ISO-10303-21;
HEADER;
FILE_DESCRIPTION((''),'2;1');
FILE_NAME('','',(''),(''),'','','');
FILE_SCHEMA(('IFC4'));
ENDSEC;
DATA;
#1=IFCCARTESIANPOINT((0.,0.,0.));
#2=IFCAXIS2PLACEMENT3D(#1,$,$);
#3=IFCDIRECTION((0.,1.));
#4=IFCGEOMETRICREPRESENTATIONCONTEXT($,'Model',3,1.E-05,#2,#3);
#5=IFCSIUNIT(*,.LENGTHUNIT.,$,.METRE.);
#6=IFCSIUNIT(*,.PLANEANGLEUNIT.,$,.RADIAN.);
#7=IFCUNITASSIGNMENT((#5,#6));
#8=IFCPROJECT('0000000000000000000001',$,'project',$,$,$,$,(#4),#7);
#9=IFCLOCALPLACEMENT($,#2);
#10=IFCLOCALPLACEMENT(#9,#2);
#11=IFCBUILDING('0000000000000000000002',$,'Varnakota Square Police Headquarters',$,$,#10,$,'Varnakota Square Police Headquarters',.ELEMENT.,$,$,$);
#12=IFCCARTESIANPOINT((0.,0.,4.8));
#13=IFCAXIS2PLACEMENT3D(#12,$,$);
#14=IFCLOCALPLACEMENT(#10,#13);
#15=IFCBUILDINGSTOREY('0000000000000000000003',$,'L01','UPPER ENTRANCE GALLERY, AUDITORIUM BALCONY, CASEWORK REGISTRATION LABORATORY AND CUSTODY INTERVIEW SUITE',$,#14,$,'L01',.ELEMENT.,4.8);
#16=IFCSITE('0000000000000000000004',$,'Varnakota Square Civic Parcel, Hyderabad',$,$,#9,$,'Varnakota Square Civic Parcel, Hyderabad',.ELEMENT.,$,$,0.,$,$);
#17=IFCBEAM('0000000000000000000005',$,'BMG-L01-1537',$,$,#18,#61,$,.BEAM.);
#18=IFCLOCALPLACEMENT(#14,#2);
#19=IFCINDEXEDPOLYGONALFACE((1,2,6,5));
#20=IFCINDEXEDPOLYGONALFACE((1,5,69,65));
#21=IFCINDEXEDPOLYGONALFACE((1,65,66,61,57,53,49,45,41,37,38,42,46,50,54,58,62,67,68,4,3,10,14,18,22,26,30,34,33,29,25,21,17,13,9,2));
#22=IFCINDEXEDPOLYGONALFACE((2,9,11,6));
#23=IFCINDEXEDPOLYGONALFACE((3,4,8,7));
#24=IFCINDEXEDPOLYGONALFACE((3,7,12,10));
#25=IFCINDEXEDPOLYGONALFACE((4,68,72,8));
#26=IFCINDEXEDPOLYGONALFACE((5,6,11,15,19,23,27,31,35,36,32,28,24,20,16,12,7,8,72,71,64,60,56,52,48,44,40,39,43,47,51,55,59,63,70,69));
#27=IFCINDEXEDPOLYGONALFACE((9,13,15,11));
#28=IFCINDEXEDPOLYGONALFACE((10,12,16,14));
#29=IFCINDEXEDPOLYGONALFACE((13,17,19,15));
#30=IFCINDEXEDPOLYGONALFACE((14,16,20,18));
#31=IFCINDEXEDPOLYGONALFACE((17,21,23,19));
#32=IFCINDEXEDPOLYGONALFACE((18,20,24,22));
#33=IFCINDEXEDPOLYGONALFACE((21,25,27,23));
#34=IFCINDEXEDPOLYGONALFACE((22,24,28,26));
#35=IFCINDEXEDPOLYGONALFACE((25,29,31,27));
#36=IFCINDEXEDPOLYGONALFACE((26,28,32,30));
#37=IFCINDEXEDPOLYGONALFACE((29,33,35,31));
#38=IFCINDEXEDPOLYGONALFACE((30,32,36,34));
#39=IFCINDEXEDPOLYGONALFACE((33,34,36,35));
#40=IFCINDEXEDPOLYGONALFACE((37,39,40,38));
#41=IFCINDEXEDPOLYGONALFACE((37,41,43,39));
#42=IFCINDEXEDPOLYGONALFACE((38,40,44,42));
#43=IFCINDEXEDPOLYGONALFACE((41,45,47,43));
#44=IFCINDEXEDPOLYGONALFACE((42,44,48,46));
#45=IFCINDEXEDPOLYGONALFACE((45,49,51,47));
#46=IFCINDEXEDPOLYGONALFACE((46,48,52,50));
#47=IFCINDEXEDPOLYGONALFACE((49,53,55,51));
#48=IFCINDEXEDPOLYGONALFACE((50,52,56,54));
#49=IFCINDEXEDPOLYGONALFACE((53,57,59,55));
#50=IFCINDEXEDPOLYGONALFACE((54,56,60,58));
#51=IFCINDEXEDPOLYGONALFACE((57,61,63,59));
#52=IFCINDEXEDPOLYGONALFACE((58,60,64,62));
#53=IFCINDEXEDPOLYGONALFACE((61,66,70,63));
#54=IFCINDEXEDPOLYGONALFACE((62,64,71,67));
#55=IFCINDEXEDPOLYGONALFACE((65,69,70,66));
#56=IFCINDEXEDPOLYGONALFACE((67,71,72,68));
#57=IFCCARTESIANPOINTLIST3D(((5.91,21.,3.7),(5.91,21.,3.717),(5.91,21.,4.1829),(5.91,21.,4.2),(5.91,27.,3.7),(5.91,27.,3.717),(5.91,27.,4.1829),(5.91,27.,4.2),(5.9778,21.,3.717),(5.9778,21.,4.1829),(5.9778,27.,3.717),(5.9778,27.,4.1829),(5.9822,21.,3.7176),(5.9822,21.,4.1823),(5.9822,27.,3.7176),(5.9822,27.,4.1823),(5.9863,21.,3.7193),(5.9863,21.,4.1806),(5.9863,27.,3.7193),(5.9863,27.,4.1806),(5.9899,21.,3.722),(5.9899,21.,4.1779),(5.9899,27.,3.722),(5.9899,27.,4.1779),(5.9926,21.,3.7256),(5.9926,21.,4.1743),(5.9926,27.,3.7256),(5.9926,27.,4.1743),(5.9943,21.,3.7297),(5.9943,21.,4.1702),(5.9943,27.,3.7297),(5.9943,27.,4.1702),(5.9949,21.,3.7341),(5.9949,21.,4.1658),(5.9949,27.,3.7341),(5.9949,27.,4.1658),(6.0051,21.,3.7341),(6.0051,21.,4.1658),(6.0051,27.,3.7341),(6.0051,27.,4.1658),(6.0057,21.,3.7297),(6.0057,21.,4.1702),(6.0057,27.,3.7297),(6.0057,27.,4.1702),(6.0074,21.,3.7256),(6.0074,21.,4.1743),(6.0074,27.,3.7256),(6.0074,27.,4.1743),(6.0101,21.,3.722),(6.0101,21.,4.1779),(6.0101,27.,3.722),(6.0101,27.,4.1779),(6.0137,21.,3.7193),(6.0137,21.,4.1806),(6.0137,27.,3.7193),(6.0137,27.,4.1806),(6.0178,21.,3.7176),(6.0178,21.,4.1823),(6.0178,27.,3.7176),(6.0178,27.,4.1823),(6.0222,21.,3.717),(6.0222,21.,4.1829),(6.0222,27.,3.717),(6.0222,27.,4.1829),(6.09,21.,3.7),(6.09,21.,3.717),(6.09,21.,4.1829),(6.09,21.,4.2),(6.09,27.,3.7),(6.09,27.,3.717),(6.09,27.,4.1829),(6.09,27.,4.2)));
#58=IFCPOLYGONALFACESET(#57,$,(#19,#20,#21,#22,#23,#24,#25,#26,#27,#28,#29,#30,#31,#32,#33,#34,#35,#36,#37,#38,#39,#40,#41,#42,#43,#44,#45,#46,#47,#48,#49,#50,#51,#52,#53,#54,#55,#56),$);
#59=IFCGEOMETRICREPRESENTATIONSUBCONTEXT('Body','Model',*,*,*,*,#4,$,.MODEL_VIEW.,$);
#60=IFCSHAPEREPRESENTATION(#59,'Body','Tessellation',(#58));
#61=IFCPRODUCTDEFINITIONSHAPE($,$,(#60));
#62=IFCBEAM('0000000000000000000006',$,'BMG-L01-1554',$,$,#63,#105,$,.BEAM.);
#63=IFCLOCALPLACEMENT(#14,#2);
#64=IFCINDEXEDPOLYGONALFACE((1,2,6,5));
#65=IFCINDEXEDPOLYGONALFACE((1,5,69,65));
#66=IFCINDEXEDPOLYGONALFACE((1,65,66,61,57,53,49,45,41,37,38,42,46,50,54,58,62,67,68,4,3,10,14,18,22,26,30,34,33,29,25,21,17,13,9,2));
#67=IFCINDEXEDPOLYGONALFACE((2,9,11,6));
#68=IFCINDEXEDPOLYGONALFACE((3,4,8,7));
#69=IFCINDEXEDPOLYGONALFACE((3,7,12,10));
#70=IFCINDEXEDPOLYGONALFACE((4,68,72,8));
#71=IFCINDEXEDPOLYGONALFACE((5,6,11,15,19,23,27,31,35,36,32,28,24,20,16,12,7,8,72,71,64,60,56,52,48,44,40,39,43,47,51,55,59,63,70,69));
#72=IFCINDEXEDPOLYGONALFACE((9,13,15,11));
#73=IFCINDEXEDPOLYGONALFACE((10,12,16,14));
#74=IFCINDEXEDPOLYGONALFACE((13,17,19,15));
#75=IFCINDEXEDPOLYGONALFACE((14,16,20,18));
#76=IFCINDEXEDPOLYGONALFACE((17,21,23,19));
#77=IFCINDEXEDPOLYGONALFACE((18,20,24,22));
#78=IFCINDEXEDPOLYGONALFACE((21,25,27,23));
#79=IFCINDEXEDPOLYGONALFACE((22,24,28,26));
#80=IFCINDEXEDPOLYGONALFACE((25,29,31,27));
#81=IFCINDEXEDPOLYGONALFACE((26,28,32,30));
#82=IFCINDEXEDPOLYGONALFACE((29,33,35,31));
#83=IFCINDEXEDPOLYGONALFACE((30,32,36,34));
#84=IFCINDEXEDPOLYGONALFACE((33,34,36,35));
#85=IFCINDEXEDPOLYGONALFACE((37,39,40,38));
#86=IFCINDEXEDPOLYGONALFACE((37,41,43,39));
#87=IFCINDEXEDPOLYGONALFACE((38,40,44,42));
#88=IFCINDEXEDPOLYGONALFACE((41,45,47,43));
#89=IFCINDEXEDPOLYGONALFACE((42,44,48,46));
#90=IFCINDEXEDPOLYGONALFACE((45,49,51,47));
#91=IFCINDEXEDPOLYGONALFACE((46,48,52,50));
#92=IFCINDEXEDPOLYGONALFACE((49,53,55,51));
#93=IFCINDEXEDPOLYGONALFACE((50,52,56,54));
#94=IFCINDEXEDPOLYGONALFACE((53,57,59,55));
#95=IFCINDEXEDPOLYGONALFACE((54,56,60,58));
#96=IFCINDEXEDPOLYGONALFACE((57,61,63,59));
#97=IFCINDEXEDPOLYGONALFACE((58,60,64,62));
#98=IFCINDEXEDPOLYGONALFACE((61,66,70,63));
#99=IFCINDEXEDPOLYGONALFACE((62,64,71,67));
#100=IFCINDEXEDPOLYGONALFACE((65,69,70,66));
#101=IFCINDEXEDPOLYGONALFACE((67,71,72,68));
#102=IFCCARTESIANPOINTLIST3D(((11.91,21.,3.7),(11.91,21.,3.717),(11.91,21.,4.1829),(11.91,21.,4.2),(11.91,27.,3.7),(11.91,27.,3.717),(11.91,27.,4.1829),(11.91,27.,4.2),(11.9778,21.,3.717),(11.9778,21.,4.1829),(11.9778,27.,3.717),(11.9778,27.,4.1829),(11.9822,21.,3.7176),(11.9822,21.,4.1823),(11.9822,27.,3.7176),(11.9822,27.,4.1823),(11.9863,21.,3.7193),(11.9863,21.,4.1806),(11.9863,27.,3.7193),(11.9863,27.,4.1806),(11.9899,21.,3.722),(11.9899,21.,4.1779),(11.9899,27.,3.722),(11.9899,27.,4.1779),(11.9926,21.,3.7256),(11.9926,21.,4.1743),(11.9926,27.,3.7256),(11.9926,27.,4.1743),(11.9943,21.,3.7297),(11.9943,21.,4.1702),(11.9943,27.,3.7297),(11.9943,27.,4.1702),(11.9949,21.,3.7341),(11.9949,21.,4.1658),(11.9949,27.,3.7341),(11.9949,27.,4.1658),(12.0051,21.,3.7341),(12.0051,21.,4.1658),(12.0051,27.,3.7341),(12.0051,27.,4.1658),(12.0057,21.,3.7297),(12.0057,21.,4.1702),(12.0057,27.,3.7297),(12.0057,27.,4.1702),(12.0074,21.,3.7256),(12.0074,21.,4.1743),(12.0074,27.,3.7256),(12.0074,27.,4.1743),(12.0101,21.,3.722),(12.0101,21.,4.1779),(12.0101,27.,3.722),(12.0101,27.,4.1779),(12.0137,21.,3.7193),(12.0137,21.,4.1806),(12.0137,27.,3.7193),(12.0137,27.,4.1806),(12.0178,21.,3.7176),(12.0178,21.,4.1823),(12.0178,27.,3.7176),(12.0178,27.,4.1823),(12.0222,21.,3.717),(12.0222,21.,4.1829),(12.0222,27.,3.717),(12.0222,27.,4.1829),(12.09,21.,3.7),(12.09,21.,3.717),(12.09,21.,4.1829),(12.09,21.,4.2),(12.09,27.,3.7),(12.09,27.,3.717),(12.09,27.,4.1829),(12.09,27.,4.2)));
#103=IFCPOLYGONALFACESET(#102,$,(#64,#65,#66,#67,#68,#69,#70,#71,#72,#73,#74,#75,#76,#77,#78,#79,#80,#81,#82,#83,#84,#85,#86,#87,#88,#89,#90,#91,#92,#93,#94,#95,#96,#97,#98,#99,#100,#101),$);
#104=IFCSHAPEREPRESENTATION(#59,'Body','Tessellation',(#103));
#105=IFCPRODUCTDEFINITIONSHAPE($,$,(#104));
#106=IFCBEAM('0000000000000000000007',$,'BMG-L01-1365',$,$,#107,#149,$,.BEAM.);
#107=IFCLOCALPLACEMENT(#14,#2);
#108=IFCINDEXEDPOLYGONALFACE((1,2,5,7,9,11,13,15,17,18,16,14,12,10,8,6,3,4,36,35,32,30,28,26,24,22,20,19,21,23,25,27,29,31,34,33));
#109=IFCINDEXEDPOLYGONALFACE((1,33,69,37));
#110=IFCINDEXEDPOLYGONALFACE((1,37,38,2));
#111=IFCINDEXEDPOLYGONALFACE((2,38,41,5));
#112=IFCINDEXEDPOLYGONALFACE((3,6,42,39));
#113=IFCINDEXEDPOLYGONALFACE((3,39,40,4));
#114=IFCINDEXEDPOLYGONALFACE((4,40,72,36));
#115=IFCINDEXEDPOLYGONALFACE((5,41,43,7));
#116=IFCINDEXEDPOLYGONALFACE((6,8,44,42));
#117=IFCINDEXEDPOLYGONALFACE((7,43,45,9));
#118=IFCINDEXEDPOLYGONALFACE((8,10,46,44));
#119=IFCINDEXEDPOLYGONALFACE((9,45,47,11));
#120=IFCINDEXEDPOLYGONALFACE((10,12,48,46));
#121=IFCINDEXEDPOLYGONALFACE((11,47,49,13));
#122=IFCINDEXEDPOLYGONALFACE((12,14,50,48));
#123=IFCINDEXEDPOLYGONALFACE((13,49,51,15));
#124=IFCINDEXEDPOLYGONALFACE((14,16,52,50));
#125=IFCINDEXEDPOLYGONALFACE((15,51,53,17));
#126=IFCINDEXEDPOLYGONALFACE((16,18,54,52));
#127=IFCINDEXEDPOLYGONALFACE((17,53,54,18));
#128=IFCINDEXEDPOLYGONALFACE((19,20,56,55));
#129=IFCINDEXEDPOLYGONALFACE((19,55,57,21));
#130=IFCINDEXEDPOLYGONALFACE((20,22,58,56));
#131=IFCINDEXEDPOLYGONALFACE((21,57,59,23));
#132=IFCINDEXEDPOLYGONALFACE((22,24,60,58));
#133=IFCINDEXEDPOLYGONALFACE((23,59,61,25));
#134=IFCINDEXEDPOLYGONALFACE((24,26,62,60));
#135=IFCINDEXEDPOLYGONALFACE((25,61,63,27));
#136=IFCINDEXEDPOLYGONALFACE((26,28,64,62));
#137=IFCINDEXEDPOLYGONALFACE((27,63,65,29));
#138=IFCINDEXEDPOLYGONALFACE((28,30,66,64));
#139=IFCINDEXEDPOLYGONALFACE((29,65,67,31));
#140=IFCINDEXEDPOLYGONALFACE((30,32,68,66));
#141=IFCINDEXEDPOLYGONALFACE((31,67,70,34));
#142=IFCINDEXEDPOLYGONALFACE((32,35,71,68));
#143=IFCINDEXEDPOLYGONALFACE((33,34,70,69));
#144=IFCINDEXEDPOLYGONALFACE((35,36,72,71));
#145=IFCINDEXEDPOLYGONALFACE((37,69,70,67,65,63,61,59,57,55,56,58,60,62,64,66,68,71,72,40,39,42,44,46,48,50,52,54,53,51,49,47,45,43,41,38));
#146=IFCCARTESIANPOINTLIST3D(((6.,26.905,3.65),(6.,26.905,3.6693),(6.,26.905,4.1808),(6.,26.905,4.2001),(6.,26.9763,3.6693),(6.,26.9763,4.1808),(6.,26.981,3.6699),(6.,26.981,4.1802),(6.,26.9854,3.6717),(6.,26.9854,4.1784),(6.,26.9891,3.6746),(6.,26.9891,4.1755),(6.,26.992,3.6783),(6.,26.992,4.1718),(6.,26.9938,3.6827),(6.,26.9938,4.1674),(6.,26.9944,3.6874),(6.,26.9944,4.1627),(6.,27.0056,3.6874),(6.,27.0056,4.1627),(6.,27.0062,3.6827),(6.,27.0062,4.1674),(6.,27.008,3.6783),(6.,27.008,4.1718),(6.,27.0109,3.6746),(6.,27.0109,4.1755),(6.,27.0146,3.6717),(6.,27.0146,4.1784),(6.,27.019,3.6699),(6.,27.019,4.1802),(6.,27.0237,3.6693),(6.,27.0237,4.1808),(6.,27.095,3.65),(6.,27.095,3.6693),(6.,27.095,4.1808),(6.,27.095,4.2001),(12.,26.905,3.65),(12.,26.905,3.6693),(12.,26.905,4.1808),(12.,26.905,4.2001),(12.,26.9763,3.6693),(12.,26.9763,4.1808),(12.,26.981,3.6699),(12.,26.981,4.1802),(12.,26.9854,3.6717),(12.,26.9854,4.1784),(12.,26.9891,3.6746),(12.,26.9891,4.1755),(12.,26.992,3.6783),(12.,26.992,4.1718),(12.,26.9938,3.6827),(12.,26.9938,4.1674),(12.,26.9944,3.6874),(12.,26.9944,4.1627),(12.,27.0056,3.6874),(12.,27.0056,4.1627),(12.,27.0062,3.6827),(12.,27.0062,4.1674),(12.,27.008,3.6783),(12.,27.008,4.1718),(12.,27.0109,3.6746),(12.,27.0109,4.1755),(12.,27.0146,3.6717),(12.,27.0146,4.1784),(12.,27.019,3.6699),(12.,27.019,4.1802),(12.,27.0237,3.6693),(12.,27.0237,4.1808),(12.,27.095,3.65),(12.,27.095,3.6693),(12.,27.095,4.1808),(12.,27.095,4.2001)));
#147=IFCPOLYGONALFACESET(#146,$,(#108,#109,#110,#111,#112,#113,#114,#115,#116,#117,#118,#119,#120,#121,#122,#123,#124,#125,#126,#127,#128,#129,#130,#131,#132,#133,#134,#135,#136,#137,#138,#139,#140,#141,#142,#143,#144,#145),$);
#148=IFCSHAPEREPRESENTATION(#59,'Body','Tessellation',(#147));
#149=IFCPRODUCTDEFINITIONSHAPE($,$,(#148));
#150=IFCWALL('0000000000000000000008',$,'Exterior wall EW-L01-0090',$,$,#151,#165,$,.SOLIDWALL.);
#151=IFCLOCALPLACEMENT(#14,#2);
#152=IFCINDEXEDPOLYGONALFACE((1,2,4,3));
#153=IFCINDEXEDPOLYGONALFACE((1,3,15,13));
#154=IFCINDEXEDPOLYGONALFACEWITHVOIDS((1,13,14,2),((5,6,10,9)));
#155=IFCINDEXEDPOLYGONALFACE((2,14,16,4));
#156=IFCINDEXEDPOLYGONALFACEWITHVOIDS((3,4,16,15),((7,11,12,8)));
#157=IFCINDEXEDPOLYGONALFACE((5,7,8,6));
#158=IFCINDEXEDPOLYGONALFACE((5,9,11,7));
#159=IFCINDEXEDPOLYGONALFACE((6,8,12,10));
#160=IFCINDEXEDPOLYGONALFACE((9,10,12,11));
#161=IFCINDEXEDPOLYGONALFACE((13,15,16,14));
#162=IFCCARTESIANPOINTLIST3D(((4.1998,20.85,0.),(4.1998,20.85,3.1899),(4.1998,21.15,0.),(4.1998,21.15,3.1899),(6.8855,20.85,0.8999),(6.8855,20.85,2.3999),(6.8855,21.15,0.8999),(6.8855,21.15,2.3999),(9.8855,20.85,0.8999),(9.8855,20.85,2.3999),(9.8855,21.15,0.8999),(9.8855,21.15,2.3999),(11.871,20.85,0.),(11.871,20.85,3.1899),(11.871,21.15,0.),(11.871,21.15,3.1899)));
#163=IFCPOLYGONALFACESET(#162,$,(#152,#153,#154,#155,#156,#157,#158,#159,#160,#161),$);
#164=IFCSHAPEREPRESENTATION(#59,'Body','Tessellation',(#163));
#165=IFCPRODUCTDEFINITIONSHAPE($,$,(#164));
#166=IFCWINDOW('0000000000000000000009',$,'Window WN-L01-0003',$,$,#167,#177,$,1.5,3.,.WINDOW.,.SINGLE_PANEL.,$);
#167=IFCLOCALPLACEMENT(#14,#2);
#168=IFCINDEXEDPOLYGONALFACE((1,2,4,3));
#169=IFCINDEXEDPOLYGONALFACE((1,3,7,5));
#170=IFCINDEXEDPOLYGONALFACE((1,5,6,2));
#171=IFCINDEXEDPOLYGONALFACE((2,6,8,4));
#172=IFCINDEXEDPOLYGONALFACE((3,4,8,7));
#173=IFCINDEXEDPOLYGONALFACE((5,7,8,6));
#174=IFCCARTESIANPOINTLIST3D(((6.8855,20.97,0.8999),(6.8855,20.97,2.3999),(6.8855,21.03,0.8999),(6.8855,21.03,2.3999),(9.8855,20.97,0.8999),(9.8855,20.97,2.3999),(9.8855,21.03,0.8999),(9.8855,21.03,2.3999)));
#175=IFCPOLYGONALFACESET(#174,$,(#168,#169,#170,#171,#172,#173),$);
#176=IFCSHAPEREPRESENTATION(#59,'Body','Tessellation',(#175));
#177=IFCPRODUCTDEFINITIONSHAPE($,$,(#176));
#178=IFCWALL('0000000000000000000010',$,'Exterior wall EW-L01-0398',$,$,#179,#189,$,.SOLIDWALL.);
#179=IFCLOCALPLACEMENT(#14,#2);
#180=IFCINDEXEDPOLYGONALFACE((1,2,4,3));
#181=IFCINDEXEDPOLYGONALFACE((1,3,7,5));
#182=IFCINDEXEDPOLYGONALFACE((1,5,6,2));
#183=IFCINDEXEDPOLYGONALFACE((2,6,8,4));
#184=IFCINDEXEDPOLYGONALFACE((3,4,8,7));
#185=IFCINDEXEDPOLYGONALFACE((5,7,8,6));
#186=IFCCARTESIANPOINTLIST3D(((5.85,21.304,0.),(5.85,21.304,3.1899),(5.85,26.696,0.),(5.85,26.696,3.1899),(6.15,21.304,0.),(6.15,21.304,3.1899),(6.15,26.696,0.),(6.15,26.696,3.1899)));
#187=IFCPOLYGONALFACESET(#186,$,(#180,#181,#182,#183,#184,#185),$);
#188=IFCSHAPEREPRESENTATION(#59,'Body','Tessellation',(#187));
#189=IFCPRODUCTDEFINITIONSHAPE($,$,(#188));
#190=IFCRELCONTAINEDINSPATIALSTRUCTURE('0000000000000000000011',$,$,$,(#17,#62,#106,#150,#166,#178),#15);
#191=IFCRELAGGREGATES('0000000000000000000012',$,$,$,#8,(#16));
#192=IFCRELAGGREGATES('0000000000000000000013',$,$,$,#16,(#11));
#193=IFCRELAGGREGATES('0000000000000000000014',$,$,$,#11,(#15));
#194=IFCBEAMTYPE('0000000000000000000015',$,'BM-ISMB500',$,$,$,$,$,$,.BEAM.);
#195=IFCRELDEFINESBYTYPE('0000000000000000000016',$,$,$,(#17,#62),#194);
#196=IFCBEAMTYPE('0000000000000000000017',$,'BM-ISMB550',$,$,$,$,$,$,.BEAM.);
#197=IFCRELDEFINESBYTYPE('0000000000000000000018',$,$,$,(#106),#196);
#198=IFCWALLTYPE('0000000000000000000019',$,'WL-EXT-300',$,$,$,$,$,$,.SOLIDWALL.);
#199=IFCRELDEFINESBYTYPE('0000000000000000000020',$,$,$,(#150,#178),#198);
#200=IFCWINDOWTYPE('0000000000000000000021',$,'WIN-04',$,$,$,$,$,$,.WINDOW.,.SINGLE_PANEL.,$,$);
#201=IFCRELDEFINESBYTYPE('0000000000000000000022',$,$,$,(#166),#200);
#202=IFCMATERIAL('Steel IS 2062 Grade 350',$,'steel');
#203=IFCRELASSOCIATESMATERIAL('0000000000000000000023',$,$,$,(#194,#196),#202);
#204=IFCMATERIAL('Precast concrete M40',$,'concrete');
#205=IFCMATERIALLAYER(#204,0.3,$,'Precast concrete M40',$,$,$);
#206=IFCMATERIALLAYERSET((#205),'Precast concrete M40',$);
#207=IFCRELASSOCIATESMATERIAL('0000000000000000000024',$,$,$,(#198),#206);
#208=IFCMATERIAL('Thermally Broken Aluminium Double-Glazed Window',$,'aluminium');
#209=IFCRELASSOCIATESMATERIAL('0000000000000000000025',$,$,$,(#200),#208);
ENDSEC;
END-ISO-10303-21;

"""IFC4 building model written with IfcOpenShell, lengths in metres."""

from ifc_helpers import new_model, si_unit, direction, frame, frame_2d, origin, origin_2d, place, context, subcontext, project, spatial, rectangle, i_section, extrude, material, layer, layer_set, material_profile, profile_set, type_object, element, fill, save


model = new_model("IFC4")

# Units and contexts
model_context = context("Model", 3, precision=1e-05, world=origin(), true_north=direction((0.0, 1.0)))
body_context = subcontext(model_context, "Body", "Model", "MODEL_VIEW")
ifc_project = project(units=[si_unit("LENGTHUNIT", "METRE"), si_unit("PLANEANGLEUNIT", "RADIAN")], contexts=[model_context])

# Site, building, storey
site_placement = place(None, origin())
site = spatial("IfcSite", under=ifc_project, at=site_placement, Name="Varnakota Square Civic Parcel, Hyderabad", LongName="Varnakota Square Civic Parcel, Hyderabad", CompositionType="ELEMENT", RefElevation=0.0)
building_placement = place(site_placement, origin())
building = spatial("IfcBuilding", under=site, at=building_placement, Name="Varnakota Square Police Headquarters", LongName="Varnakota Square Police Headquarters", CompositionType="ELEMENT")
storey_placement = place(building_placement, frame((0.0, 0.0, 4.8)))
storey = spatial("IfcBuildingStorey", under=building, at=storey_placement, Name="L01", Description="UPPER ENTRANCE GALLERY, AUDITORIUM BALCONY, CASEWORK REGISTRATION LABORATORY AND CUSTODY INTERVIEW SUITE", LongName="L01", CompositionType="ELEMENT", Elevation=4.8)

# Shared definitions
ifc_material_1 = material(Name="Steel IS 2062 Grade 350", Category="steel")

# Beams
ifc_material_profile_1 = material_profile(ifc_material_1, i_section(OverallWidth=0.1799, OverallDepth=0.5, WebThickness=0.0103, FlangeThickness=0.0171, FilletRadius=0.0171, at=origin_2d()), Name="ISMB 500")
ifc_profile_set_1 = profile_set([ifc_material_profile_1], Name="Steel IS 2062 Grade 350")
beam_type_1 = type_object("IfcBeamType", Name="BM-ISMB500", PredefinedType="BEAM", material=ifc_profile_set_1)
for number, where, z_axis, x_axis, name in (
    (1, (6.0, 21.0, 3.95), (0.0, 1.0, 0.0), (-1.0, 0.0, 0.0), "BMG-L01-1537"),
    (2, (12.0, 21.0, 3.95), (0.0, 1.0, 0.0), (-1.0, 0.0, 0.0), "BMG-L01-1554"),
):
    element("IfcBeam", number, at=place(storey_placement, frame(where, z_axis=z_axis, x_axis=x_axis)), inside=storey, type_object=beam_type_1, Name=name, PredefinedType="BEAM", context=body_context, shape_type="SweptSolid", body=[
        extrude(i_section(OverallWidth=0.1799, OverallDepth=0.5, WebThickness=0.0103, FlangeThickness=0.0171, FilletRadius=0.0171, at=origin_2d()), origin(), (0.0, 0.0, 1.0), 6.0),
    ])
ifc_material_profile_2 = material_profile(ifc_material_1, i_section(OverallWidth=0.1899, OverallDepth=0.55, WebThickness=0.0112, FlangeThickness=0.0193, FilletRadius=0.0181, at=origin_2d()), Name="ISMB 550")
ifc_profile_set_2 = profile_set([ifc_material_profile_2], Name="Steel IS 2062 Grade 350")
beam_type_2 = type_object("IfcBeamType", Name="BM-ISMB550", PredefinedType="BEAM", material=ifc_profile_set_2)
beam_1_placement = place(storey_placement, frame((6.0, 27.0, 3.925), z_axis=(1.0, 0.0, 0.0), x_axis=(0.0, 1.0, 0.0)))
element("IfcBeam", 3, at=beam_1_placement, inside=storey, type_object=beam_type_2, Name="BMG-L01-1365", PredefinedType="BEAM", context=body_context, shape_type="SweptSolid", body=[
    extrude(i_section(OverallWidth=0.1899, OverallDepth=0.55, WebThickness=0.0112, FlangeThickness=0.0193, FilletRadius=0.0181, at=origin_2d()), origin(), (0.0, 0.0, 1.0), 6.0),
])

# Wall, opening, window
ifc_material_2 = material(Name="Precast concrete M40", Category="concrete")
ifc_layer_1 = layer(ifc_material_2, 0.3, Name="Precast concrete M40")
ifc_layer_set_1 = layer_set([ifc_layer_1], Name="Precast concrete M40")
wall_type = type_object("IfcWallType", Name="WL-EXT-300", PredefinedType="SOLIDWALL", material=ifc_layer_set_1)
wall_1_placement = place(storey_placement, frame((4.2, 21.0, 0.0), z_axis=(0.0, 0.0, 1.0), x_axis=(1.0, 0.0, 0.0)))
wall_1 = element("IfcWall", 4, at=wall_1_placement, inside=storey, type_object=wall_type, Name="Exterior wall EW-L01-0090", PredefinedType="SOLIDWALL", context=body_context, shape_type="SweptSolid", body=[
    extrude(rectangle(XDim=7.6711, YDim=0.3, at=frame_2d((3.8354, 0.0))), origin(), (0.0, 0.0, 1.0), 3.1899),
])
opening_placement = place(wall_1_placement, frame((2.6855, 0.0, 0.8999)))
opening = element("IfcOpeningElement", 5, at=opening_placement, cuts=wall_1, PredefinedType="OPENING", context=body_context, shape_type="SweptSolid", body=[
    extrude(rectangle(XDim=3.0, YDim=1.5, at=frame_2d((1.5, 0.75))), frame((0.0, 0.1599, 0.0), z_axis=(0.0, -1.0, 0.0), x_axis=(1.0, 0.0, 0.0)), (0.0, 0.0, 1.0), 0.3201),
])
ifc_material_3 = material(Name="Thermally Broken Aluminium Double-Glazed Window", Category="aluminium")
window_type = type_object("IfcWindowType", Name="WIN-04", PartitioningType="SINGLE_PANEL", PredefinedType="WINDOW", material=ifc_material_3)
window_placement = place(opening_placement, origin())
window = element("IfcWindow", 6, at=window_placement, inside=storey, type_object=window_type, Name="Window WN-L01-0003", OverallHeight=1.5, OverallWidth=3.0, PartitioningType="SINGLE_PANEL", PredefinedType="WINDOW", context=body_context, shape_type="SweptSolid", body=[
    extrude(rectangle(XDim=3.0, YDim=1.5, at=frame_2d((1.5, 0.75))), frame((0.0, 0.03, 0.0), z_axis=(0.0, -1.0, 0.0), x_axis=(1.0, 0.0, 0.0)), (0.0, 0.0, 1.0), 0.0601),
])
fill(opening, window)

# Wall
wall_2_placement = place(storey_placement, frame((6.0, 21.304, 0.0), z_axis=(0.0, 0.0, 1.0), x_axis=(0.0, 1.0, 0.0)))
element("IfcWall", 7, at=wall_2_placement, inside=storey, type_object=wall_type, Name="Exterior wall EW-L01-0398", PredefinedType="SOLIDWALL", context=body_context, shape_type="SweptSolid", body=[
    extrude(rectangle(XDim=5.3921, YDim=0.3, at=frame_2d((2.696, 0.0))), origin(), (0.0, 0.0, 1.0), 3.1899),
])

save(model, "model.ifc")
